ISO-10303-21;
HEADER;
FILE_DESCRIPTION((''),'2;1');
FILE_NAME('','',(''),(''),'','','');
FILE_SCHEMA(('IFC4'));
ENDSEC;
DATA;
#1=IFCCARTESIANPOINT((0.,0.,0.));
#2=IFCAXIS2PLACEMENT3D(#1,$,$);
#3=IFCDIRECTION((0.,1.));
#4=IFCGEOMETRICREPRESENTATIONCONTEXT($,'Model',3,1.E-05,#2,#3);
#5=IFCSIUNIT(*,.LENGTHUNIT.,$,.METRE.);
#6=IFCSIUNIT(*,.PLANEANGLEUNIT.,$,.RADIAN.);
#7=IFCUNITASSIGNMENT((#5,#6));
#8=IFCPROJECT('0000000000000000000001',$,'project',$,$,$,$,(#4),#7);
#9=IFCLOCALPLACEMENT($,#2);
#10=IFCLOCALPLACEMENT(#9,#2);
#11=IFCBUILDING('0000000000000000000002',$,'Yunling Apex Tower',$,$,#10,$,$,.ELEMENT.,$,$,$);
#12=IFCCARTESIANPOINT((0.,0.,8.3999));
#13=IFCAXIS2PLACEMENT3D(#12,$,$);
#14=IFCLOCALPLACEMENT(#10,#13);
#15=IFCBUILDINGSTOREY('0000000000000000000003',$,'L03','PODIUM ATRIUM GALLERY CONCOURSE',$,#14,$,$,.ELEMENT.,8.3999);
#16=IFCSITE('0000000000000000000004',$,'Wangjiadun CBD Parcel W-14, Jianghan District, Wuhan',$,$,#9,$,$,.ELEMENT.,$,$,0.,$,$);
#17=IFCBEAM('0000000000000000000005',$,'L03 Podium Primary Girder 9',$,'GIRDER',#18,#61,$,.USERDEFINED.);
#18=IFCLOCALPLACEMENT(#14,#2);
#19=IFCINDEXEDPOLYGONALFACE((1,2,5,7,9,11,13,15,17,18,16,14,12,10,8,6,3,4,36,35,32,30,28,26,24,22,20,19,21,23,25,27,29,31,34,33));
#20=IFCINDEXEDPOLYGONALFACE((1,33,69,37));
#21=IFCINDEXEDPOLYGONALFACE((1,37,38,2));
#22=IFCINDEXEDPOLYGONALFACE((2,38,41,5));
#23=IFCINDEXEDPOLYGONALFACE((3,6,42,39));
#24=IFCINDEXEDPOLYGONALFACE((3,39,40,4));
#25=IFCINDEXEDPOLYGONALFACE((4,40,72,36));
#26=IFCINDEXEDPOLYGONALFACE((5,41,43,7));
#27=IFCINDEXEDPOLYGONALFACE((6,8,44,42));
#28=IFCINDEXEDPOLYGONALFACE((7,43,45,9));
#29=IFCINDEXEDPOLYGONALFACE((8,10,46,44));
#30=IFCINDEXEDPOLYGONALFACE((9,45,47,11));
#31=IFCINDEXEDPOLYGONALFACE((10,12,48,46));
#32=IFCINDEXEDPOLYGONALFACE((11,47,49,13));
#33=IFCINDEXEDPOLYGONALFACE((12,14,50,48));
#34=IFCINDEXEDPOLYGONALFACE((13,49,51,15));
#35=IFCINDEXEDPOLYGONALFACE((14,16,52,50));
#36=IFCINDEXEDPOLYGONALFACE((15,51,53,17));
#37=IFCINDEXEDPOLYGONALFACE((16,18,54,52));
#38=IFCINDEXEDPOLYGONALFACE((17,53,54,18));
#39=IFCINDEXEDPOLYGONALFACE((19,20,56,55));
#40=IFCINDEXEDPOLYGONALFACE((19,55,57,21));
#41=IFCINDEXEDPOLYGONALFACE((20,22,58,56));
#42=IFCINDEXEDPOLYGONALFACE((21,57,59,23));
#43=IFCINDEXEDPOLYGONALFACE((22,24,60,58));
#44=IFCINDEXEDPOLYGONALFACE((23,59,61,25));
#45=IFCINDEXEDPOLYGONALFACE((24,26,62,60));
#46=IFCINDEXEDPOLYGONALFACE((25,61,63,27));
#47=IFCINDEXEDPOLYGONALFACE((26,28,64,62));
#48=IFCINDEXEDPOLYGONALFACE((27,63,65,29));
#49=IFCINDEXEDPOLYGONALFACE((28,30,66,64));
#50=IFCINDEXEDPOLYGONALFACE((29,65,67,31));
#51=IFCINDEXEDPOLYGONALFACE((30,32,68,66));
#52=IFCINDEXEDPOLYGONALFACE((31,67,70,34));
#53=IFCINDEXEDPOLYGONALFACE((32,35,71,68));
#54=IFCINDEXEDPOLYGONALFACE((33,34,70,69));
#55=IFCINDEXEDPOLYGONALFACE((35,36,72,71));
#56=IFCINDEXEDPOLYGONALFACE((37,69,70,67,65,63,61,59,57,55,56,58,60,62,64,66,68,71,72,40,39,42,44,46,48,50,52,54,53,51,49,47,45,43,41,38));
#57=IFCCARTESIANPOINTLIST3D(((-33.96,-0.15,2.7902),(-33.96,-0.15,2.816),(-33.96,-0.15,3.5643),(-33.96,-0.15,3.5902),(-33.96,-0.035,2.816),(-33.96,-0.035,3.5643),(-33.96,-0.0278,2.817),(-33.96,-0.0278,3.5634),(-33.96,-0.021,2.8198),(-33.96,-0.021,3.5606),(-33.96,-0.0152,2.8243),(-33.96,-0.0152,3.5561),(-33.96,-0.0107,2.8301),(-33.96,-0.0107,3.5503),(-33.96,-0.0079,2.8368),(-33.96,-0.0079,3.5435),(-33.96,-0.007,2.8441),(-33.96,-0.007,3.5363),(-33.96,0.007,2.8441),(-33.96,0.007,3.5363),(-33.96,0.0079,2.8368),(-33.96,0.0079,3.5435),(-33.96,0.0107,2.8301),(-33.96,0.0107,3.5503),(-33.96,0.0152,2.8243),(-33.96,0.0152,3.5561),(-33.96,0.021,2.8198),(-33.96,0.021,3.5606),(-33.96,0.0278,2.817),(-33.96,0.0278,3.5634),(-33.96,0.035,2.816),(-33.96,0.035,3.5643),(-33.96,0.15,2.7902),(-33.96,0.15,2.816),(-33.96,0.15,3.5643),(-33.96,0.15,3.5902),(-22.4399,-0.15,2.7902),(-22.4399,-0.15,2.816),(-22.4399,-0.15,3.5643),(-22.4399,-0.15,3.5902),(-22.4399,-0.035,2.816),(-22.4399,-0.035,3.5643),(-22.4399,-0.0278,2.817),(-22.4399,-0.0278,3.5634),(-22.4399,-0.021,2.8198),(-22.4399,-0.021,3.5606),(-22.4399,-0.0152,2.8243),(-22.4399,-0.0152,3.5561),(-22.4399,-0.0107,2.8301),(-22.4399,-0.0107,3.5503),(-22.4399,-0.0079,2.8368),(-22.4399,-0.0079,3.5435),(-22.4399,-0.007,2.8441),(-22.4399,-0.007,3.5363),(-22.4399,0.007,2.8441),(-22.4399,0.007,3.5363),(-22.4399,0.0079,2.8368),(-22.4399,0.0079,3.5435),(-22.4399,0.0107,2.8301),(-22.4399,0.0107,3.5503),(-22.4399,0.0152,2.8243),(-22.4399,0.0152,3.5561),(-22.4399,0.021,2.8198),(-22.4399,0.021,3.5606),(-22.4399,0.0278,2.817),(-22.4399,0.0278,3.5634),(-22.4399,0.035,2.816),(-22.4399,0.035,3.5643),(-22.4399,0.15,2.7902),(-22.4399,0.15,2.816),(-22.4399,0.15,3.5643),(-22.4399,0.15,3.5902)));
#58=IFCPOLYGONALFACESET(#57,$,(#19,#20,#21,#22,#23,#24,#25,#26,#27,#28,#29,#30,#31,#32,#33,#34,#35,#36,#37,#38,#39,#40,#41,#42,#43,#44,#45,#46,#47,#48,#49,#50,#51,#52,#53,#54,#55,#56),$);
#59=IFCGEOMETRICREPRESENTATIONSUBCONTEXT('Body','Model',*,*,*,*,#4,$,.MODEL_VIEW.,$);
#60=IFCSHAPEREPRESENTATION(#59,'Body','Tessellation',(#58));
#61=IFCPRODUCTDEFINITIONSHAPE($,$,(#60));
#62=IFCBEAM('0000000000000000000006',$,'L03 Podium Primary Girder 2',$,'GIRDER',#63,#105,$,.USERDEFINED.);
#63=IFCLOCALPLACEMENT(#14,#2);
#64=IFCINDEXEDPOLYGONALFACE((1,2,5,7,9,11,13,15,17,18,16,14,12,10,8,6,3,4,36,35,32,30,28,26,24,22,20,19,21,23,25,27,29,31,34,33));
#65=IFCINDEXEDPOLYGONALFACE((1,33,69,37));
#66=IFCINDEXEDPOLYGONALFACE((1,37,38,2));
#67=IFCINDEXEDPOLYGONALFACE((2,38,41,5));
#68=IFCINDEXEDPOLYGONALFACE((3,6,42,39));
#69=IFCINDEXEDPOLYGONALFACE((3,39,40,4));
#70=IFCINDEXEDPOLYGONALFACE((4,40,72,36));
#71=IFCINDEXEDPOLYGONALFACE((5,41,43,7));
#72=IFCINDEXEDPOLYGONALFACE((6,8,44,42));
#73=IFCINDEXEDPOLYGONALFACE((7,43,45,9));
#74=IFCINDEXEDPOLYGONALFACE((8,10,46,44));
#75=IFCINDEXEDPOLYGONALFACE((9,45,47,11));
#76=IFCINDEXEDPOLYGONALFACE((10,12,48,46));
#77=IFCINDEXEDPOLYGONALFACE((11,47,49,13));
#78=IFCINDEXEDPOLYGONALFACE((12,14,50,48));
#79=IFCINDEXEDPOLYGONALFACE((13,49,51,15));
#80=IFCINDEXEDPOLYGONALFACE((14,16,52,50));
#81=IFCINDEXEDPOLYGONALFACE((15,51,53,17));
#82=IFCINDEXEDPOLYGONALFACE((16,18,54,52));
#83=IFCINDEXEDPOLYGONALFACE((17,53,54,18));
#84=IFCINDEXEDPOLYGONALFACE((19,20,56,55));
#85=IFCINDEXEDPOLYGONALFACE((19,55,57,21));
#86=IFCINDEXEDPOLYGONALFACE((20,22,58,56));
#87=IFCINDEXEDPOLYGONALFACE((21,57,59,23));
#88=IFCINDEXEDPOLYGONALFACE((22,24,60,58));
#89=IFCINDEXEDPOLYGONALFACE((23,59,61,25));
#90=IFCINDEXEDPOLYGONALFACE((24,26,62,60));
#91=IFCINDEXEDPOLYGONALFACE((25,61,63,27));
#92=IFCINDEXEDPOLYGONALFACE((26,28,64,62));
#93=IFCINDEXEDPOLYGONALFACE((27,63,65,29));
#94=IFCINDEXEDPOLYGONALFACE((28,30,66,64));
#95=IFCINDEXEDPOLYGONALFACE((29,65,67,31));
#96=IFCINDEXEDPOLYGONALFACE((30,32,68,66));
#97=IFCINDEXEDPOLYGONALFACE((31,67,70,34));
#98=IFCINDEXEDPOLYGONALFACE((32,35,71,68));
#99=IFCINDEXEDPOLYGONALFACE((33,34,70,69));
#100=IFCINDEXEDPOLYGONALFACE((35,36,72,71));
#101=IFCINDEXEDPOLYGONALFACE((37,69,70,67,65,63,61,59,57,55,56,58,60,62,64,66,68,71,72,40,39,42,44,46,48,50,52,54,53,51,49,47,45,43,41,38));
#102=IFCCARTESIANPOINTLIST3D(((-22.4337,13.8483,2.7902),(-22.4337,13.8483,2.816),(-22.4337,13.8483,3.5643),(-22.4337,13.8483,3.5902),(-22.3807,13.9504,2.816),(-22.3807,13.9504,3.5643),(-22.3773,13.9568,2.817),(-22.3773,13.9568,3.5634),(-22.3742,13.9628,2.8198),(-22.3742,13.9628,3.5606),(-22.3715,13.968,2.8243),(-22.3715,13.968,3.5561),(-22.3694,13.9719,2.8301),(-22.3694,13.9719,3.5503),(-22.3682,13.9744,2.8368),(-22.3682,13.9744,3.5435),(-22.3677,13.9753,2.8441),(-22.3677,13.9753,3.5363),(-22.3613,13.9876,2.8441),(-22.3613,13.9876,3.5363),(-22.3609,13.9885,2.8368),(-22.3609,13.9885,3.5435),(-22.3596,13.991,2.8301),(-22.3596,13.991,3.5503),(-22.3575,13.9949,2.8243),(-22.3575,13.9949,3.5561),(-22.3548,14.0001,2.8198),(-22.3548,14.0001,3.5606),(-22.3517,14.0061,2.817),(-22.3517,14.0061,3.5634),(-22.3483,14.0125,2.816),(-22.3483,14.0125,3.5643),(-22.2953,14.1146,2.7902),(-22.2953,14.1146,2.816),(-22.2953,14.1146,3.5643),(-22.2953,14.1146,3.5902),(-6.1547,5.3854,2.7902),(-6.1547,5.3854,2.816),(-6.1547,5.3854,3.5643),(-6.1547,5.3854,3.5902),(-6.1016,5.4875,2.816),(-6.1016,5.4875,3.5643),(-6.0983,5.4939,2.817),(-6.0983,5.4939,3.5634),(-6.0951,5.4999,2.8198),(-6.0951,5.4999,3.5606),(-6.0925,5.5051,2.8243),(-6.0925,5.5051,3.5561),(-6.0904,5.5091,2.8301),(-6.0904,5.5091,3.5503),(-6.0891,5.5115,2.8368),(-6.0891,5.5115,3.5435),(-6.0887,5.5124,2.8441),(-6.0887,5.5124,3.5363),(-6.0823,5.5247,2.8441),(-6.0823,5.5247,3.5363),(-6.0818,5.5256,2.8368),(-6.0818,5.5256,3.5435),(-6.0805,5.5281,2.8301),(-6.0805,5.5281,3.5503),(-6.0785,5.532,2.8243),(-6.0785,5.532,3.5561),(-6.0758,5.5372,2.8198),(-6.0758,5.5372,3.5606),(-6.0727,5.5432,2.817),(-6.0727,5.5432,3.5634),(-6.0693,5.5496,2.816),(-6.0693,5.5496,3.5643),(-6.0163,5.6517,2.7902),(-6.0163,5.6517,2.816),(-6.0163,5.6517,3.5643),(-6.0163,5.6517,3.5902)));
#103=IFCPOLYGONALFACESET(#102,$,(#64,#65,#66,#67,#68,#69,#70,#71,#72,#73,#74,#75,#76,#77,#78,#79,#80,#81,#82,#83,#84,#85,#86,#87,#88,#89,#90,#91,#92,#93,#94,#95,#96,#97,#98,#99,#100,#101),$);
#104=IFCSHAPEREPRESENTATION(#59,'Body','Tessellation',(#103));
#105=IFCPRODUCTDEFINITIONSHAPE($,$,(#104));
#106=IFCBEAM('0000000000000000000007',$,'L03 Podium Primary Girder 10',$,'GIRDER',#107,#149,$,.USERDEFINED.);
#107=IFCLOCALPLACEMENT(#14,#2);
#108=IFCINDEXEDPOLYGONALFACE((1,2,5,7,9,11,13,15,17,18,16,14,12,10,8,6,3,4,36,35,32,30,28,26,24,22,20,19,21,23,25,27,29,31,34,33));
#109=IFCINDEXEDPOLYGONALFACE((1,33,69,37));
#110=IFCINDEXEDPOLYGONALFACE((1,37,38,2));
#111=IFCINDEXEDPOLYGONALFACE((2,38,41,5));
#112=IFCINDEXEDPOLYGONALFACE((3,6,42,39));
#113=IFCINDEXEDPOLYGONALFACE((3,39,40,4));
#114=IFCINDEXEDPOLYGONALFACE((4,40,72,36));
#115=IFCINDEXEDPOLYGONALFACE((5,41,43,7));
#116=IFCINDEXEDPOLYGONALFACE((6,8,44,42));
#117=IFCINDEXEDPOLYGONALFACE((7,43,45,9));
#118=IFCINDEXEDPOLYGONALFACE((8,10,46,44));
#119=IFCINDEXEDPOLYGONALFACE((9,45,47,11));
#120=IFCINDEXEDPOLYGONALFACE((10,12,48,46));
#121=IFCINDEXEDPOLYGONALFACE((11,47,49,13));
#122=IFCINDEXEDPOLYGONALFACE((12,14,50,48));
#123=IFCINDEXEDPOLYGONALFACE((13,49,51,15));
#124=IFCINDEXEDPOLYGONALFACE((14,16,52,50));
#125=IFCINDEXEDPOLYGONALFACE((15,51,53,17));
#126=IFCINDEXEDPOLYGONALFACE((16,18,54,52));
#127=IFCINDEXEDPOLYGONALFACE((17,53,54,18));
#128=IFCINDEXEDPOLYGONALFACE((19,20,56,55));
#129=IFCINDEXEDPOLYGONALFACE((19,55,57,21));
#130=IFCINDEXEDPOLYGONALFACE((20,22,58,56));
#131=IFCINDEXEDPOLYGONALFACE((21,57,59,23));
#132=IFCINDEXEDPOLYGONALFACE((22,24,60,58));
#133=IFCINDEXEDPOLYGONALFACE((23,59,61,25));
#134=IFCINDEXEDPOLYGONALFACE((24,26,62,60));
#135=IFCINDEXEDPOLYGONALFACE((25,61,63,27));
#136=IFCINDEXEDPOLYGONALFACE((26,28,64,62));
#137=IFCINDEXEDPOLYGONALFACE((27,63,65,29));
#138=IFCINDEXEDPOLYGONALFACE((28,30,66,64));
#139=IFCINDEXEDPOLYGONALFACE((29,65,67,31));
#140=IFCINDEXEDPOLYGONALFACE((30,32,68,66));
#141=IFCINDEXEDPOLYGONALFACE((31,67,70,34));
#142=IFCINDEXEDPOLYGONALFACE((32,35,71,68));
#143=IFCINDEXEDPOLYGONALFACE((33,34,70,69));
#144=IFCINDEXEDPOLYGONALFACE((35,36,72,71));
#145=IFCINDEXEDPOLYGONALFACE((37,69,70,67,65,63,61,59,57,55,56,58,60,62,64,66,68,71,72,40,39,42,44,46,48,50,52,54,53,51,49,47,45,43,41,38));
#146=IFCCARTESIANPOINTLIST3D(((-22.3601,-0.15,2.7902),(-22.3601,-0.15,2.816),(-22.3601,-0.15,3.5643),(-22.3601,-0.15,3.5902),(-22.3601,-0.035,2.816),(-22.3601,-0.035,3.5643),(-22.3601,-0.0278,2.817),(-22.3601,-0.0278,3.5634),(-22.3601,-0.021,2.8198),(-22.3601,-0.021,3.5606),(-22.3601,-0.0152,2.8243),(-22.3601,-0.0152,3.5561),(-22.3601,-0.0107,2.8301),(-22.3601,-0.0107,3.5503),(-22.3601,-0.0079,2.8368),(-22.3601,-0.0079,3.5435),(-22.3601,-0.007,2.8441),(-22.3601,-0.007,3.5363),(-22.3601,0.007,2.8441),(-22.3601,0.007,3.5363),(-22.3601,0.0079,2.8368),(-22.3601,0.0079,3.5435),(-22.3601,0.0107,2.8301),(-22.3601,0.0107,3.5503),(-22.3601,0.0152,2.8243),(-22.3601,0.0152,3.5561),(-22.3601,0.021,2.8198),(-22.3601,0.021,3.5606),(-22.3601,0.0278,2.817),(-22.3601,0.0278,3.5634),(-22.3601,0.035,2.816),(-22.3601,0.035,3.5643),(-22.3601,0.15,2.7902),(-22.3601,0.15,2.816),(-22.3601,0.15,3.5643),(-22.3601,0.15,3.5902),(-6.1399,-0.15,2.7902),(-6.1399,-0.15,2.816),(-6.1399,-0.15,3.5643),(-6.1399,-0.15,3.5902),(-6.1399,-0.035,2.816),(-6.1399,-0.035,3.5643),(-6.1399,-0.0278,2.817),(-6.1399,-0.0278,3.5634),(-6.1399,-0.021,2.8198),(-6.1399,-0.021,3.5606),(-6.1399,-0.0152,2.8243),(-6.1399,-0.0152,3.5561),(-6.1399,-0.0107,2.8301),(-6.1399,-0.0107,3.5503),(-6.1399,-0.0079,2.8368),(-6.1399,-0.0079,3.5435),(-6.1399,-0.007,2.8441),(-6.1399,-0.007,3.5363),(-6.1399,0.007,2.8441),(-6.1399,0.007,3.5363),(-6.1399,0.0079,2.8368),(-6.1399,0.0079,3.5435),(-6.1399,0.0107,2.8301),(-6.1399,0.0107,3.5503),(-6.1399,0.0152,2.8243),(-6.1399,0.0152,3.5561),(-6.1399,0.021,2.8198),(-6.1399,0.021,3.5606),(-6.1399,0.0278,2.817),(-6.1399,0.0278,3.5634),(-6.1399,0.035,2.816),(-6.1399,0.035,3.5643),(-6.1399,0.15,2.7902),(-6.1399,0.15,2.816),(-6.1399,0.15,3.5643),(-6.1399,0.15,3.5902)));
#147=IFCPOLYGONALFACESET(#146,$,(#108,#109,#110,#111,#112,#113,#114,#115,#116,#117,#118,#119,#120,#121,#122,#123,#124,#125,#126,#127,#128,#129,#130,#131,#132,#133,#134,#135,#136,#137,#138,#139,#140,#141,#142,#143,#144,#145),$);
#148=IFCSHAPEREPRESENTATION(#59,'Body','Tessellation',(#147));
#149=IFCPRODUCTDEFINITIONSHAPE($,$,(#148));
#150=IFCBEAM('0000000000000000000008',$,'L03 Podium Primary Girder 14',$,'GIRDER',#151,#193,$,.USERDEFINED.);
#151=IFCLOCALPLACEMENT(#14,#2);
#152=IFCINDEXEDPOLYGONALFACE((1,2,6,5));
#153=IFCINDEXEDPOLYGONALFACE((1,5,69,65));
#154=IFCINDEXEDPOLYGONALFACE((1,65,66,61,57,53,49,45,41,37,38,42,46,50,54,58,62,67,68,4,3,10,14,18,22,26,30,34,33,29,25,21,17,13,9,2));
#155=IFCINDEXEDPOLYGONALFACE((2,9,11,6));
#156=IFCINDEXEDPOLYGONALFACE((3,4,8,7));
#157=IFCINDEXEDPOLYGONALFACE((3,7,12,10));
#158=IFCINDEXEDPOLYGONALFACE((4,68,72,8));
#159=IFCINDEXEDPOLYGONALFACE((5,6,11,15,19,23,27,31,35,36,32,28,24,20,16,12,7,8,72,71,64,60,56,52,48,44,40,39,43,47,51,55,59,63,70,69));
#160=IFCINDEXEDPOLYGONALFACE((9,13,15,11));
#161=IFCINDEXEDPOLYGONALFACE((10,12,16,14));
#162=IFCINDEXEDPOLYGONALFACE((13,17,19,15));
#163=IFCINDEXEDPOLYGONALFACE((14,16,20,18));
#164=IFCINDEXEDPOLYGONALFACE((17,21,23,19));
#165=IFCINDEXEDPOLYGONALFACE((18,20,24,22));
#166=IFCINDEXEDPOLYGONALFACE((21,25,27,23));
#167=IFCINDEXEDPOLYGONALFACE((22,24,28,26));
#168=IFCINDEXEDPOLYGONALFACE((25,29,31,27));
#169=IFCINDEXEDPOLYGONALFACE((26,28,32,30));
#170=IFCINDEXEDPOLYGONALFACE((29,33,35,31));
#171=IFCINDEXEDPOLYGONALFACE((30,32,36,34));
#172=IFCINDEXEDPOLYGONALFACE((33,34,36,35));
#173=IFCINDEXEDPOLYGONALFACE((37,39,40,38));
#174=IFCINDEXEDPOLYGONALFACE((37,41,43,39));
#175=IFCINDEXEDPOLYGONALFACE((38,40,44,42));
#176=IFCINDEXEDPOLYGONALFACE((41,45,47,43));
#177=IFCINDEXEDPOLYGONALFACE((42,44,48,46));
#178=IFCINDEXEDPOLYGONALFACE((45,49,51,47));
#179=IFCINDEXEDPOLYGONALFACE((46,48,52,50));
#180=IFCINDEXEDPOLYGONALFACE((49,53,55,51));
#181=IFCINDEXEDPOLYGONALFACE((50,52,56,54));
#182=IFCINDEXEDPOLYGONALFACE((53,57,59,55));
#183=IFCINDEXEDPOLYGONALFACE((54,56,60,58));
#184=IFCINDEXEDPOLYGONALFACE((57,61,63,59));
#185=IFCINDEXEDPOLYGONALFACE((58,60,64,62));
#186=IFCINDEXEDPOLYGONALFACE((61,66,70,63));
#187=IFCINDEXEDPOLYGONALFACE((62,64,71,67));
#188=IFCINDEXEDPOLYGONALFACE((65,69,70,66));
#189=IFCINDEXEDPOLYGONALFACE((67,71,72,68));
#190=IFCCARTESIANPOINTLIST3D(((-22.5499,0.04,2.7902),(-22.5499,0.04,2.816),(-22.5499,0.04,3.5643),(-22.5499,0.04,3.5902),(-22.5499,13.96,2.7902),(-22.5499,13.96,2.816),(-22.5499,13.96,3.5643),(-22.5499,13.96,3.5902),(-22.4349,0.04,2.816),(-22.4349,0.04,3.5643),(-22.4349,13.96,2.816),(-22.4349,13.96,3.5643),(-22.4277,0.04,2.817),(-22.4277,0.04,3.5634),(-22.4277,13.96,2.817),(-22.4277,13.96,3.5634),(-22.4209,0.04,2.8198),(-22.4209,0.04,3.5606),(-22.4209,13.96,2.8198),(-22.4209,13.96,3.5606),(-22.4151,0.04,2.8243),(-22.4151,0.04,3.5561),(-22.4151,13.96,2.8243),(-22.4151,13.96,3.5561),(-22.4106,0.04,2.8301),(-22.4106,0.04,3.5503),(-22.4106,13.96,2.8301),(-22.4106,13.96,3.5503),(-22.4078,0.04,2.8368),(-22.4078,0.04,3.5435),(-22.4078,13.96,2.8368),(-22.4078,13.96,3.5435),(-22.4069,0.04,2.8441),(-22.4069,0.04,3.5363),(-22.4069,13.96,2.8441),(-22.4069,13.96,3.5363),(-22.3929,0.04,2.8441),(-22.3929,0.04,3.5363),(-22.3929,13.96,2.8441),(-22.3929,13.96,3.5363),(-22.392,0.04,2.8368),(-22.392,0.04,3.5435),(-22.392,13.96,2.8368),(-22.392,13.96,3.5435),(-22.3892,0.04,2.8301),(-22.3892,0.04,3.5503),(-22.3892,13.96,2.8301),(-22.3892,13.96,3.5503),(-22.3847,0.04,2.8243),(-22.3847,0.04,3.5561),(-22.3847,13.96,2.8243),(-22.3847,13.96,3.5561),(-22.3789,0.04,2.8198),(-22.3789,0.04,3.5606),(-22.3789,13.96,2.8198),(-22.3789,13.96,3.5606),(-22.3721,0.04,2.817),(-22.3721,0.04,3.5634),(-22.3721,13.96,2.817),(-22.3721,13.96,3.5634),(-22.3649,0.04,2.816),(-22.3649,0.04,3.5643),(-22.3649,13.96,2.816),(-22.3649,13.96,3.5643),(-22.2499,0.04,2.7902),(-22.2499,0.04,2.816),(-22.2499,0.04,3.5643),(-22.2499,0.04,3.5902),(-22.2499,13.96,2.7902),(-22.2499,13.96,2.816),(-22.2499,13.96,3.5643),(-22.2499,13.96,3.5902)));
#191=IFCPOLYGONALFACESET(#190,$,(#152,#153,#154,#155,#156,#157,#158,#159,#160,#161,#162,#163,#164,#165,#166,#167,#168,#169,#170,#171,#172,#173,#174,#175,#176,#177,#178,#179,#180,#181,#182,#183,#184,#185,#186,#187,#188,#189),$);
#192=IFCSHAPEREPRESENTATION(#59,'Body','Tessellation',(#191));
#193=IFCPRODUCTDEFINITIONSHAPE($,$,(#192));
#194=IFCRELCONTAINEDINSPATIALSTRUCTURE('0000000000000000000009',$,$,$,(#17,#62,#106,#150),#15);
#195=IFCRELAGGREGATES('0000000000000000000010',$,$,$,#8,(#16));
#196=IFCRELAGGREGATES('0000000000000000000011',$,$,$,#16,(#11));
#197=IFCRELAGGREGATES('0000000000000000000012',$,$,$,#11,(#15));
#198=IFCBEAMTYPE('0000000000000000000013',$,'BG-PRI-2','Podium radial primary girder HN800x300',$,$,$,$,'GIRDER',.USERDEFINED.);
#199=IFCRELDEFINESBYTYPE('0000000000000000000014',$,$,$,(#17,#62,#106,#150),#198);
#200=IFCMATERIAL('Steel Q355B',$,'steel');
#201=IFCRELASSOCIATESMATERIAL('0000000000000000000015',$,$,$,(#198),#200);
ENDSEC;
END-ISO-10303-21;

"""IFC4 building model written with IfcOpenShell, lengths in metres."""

from ifc_helpers import new_model, si_unit, direction, frame, origin, origin_2d, place, context, subcontext, project, spatial, i_section, extrude, source, transform, mapped, material, material_profile, profile_set, type_object, element, save


model = new_model("IFC4")

# Units and contexts
model_context = context("Model", 3, precision=1e-05, world=origin(), true_north=direction((0.0, 1.0)))
body_context = subcontext(model_context, "Body", "Model", "MODEL_VIEW")
ifc_project = project(units=[si_unit("LENGTHUNIT", "METRE"), si_unit("PLANEANGLEUNIT", "RADIAN")], contexts=[model_context])

# Site, building, storey
site_placement = place(None, origin())
site = spatial("IfcSite", under=ifc_project, at=site_placement, Name="Wangjiadun CBD Parcel W-14, Jianghan District, Wuhan", CompositionType="ELEMENT", RefElevation=0.0)
building_placement = place(site_placement, origin())
building = spatial("IfcBuilding", under=site, at=building_placement, Name="Yunling Apex Tower", CompositionType="ELEMENT")
storey_placement = place(building_placement, frame((0.0, 0.0, 8.3999)))
storey = spatial("IfcBuildingStorey", under=building, at=storey_placement, Name="L03", Description="PODIUM ATRIUM GALLERY CONCOURSE", CompositionType="ELEMENT", Elevation=8.3999)

# Beams
ifc_material_1 = material(Name="Steel Q355B", Category="steel")
ifc_material_profile_1 = material_profile(ifc_material_1, i_section(OverallWidth=0.3, OverallDepth=0.8, WebThickness=0.0139, FlangeThickness=0.0259, FilletRadius=0.0281, at=origin_2d()))
ifc_profile_set_1 = profile_set([ifc_material_profile_1], Name="Steel Q355B")
beam_type_1 = type_object("IfcBeamType", Name="BG-PRI-2", Description="Podium radial primary girder HN800x300", ElementType="GIRDER", PredefinedType="USERDEFINED", material=ifc_profile_set_1)
shared_shape_1 = source(origin(), body_context, "Body", "SweptSolid", [
    extrude(i_section(OverallWidth=0.3, OverallDepth=0.8, WebThickness=0.0139, FlangeThickness=0.0259, FilletRadius=0.0281, at=origin_2d()), origin(), (0.0, 0.0, 1.0), 11.52),
])
for number, where, z_axis, x_axis, name in (
    (1, (-33.96, 0.0, 3.1902), (1.0, 0.0, 0.0), (0.0, 1.0, 0.0), "L03 Podium Primary Girder 9"),
):
    element("IfcBeam", number, at=place(storey_placement, frame(where, z_axis=z_axis, x_axis=x_axis)), inside=storey, type_object=beam_type_1, Name=name, ObjectType="GIRDER", PredefinedType="USERDEFINED", context=body_context, shape_type="MappedRepresentation", body=[
        mapped(shared_shape_1, transform((0.0, 0.0, 0.0), scale=1.0)),
    ])
shared_shape_2 = source(origin(), body_context, "Body", "SweptSolid", [
    extrude(i_section(OverallWidth=0.3, OverallDepth=0.8, WebThickness=0.0139, FlangeThickness=0.0259, FilletRadius=0.0281, at=origin_2d()), origin(), (0.0, 0.0, 1.0), 18.3474),
])
beam_1_placement = place(storey_placement, frame((-22.3645, 13.9814, 3.1902), z_axis=(0.887266, -0.461258, 0.0), x_axis=(0.461258, 0.887266, 0.0)))
element("IfcBeam", 2, at=beam_1_placement, inside=storey, type_object=beam_type_1, Name="L03 Podium Primary Girder 2", ObjectType="GIRDER", PredefinedType="USERDEFINED", context=body_context, shape_type="MappedRepresentation", body=[
    mapped(shared_shape_2, transform((0.0, 0.0, 0.0), scale=1.0)),
])
shared_shape_3 = source(origin(), body_context, "Body", "SweptSolid", [
    extrude(i_section(OverallWidth=0.3, OverallDepth=0.8, WebThickness=0.0139, FlangeThickness=0.0259, FilletRadius=0.0281, at=origin_2d()), origin(), (0.0, 0.0, 1.0), 16.2202),
])
beam_2_placement = place(storey_placement, frame((-22.3601, 0.0, 3.1902), z_axis=(1.0, 0.0, 0.0), x_axis=(0.0, 1.0, 0.0)))
element("IfcBeam", 3, at=beam_2_placement, inside=storey, type_object=beam_type_1, Name="L03 Podium Primary Girder 10", ObjectType="GIRDER", PredefinedType="USERDEFINED", context=body_context, shape_type="MappedRepresentation", body=[
    mapped(shared_shape_3, transform((0.0, 0.0, 0.0), scale=1.0)),
])
shared_shape_4 = source(origin(), body_context, "Body", "SweptSolid", [
    extrude(i_section(OverallWidth=0.3, OverallDepth=0.8, WebThickness=0.0139, FlangeThickness=0.0259, FilletRadius=0.0281, at=origin_2d()), origin(), (0.0, 0.0, 1.0), 13.9199),
])
for number, where, z_axis, x_axis, name in (
    (4, (-22.3999, 13.96, 3.1902), (0.0, -1.0, 0.0), (1.0, 0.0, 0.0), "L03 Podium Primary Girder 14"),
):
    element("IfcBeam", number, at=place(storey_placement, frame(where, z_axis=z_axis, x_axis=x_axis)), inside=storey, type_object=beam_type_1, Name=name, ObjectType="GIRDER", PredefinedType="USERDEFINED", context=body_context, shape_type="MappedRepresentation", body=[
        mapped(shared_shape_4, transform((0.0, 0.0, 0.0), scale=1.0)),
    ])

save(model, "model.ifc")
